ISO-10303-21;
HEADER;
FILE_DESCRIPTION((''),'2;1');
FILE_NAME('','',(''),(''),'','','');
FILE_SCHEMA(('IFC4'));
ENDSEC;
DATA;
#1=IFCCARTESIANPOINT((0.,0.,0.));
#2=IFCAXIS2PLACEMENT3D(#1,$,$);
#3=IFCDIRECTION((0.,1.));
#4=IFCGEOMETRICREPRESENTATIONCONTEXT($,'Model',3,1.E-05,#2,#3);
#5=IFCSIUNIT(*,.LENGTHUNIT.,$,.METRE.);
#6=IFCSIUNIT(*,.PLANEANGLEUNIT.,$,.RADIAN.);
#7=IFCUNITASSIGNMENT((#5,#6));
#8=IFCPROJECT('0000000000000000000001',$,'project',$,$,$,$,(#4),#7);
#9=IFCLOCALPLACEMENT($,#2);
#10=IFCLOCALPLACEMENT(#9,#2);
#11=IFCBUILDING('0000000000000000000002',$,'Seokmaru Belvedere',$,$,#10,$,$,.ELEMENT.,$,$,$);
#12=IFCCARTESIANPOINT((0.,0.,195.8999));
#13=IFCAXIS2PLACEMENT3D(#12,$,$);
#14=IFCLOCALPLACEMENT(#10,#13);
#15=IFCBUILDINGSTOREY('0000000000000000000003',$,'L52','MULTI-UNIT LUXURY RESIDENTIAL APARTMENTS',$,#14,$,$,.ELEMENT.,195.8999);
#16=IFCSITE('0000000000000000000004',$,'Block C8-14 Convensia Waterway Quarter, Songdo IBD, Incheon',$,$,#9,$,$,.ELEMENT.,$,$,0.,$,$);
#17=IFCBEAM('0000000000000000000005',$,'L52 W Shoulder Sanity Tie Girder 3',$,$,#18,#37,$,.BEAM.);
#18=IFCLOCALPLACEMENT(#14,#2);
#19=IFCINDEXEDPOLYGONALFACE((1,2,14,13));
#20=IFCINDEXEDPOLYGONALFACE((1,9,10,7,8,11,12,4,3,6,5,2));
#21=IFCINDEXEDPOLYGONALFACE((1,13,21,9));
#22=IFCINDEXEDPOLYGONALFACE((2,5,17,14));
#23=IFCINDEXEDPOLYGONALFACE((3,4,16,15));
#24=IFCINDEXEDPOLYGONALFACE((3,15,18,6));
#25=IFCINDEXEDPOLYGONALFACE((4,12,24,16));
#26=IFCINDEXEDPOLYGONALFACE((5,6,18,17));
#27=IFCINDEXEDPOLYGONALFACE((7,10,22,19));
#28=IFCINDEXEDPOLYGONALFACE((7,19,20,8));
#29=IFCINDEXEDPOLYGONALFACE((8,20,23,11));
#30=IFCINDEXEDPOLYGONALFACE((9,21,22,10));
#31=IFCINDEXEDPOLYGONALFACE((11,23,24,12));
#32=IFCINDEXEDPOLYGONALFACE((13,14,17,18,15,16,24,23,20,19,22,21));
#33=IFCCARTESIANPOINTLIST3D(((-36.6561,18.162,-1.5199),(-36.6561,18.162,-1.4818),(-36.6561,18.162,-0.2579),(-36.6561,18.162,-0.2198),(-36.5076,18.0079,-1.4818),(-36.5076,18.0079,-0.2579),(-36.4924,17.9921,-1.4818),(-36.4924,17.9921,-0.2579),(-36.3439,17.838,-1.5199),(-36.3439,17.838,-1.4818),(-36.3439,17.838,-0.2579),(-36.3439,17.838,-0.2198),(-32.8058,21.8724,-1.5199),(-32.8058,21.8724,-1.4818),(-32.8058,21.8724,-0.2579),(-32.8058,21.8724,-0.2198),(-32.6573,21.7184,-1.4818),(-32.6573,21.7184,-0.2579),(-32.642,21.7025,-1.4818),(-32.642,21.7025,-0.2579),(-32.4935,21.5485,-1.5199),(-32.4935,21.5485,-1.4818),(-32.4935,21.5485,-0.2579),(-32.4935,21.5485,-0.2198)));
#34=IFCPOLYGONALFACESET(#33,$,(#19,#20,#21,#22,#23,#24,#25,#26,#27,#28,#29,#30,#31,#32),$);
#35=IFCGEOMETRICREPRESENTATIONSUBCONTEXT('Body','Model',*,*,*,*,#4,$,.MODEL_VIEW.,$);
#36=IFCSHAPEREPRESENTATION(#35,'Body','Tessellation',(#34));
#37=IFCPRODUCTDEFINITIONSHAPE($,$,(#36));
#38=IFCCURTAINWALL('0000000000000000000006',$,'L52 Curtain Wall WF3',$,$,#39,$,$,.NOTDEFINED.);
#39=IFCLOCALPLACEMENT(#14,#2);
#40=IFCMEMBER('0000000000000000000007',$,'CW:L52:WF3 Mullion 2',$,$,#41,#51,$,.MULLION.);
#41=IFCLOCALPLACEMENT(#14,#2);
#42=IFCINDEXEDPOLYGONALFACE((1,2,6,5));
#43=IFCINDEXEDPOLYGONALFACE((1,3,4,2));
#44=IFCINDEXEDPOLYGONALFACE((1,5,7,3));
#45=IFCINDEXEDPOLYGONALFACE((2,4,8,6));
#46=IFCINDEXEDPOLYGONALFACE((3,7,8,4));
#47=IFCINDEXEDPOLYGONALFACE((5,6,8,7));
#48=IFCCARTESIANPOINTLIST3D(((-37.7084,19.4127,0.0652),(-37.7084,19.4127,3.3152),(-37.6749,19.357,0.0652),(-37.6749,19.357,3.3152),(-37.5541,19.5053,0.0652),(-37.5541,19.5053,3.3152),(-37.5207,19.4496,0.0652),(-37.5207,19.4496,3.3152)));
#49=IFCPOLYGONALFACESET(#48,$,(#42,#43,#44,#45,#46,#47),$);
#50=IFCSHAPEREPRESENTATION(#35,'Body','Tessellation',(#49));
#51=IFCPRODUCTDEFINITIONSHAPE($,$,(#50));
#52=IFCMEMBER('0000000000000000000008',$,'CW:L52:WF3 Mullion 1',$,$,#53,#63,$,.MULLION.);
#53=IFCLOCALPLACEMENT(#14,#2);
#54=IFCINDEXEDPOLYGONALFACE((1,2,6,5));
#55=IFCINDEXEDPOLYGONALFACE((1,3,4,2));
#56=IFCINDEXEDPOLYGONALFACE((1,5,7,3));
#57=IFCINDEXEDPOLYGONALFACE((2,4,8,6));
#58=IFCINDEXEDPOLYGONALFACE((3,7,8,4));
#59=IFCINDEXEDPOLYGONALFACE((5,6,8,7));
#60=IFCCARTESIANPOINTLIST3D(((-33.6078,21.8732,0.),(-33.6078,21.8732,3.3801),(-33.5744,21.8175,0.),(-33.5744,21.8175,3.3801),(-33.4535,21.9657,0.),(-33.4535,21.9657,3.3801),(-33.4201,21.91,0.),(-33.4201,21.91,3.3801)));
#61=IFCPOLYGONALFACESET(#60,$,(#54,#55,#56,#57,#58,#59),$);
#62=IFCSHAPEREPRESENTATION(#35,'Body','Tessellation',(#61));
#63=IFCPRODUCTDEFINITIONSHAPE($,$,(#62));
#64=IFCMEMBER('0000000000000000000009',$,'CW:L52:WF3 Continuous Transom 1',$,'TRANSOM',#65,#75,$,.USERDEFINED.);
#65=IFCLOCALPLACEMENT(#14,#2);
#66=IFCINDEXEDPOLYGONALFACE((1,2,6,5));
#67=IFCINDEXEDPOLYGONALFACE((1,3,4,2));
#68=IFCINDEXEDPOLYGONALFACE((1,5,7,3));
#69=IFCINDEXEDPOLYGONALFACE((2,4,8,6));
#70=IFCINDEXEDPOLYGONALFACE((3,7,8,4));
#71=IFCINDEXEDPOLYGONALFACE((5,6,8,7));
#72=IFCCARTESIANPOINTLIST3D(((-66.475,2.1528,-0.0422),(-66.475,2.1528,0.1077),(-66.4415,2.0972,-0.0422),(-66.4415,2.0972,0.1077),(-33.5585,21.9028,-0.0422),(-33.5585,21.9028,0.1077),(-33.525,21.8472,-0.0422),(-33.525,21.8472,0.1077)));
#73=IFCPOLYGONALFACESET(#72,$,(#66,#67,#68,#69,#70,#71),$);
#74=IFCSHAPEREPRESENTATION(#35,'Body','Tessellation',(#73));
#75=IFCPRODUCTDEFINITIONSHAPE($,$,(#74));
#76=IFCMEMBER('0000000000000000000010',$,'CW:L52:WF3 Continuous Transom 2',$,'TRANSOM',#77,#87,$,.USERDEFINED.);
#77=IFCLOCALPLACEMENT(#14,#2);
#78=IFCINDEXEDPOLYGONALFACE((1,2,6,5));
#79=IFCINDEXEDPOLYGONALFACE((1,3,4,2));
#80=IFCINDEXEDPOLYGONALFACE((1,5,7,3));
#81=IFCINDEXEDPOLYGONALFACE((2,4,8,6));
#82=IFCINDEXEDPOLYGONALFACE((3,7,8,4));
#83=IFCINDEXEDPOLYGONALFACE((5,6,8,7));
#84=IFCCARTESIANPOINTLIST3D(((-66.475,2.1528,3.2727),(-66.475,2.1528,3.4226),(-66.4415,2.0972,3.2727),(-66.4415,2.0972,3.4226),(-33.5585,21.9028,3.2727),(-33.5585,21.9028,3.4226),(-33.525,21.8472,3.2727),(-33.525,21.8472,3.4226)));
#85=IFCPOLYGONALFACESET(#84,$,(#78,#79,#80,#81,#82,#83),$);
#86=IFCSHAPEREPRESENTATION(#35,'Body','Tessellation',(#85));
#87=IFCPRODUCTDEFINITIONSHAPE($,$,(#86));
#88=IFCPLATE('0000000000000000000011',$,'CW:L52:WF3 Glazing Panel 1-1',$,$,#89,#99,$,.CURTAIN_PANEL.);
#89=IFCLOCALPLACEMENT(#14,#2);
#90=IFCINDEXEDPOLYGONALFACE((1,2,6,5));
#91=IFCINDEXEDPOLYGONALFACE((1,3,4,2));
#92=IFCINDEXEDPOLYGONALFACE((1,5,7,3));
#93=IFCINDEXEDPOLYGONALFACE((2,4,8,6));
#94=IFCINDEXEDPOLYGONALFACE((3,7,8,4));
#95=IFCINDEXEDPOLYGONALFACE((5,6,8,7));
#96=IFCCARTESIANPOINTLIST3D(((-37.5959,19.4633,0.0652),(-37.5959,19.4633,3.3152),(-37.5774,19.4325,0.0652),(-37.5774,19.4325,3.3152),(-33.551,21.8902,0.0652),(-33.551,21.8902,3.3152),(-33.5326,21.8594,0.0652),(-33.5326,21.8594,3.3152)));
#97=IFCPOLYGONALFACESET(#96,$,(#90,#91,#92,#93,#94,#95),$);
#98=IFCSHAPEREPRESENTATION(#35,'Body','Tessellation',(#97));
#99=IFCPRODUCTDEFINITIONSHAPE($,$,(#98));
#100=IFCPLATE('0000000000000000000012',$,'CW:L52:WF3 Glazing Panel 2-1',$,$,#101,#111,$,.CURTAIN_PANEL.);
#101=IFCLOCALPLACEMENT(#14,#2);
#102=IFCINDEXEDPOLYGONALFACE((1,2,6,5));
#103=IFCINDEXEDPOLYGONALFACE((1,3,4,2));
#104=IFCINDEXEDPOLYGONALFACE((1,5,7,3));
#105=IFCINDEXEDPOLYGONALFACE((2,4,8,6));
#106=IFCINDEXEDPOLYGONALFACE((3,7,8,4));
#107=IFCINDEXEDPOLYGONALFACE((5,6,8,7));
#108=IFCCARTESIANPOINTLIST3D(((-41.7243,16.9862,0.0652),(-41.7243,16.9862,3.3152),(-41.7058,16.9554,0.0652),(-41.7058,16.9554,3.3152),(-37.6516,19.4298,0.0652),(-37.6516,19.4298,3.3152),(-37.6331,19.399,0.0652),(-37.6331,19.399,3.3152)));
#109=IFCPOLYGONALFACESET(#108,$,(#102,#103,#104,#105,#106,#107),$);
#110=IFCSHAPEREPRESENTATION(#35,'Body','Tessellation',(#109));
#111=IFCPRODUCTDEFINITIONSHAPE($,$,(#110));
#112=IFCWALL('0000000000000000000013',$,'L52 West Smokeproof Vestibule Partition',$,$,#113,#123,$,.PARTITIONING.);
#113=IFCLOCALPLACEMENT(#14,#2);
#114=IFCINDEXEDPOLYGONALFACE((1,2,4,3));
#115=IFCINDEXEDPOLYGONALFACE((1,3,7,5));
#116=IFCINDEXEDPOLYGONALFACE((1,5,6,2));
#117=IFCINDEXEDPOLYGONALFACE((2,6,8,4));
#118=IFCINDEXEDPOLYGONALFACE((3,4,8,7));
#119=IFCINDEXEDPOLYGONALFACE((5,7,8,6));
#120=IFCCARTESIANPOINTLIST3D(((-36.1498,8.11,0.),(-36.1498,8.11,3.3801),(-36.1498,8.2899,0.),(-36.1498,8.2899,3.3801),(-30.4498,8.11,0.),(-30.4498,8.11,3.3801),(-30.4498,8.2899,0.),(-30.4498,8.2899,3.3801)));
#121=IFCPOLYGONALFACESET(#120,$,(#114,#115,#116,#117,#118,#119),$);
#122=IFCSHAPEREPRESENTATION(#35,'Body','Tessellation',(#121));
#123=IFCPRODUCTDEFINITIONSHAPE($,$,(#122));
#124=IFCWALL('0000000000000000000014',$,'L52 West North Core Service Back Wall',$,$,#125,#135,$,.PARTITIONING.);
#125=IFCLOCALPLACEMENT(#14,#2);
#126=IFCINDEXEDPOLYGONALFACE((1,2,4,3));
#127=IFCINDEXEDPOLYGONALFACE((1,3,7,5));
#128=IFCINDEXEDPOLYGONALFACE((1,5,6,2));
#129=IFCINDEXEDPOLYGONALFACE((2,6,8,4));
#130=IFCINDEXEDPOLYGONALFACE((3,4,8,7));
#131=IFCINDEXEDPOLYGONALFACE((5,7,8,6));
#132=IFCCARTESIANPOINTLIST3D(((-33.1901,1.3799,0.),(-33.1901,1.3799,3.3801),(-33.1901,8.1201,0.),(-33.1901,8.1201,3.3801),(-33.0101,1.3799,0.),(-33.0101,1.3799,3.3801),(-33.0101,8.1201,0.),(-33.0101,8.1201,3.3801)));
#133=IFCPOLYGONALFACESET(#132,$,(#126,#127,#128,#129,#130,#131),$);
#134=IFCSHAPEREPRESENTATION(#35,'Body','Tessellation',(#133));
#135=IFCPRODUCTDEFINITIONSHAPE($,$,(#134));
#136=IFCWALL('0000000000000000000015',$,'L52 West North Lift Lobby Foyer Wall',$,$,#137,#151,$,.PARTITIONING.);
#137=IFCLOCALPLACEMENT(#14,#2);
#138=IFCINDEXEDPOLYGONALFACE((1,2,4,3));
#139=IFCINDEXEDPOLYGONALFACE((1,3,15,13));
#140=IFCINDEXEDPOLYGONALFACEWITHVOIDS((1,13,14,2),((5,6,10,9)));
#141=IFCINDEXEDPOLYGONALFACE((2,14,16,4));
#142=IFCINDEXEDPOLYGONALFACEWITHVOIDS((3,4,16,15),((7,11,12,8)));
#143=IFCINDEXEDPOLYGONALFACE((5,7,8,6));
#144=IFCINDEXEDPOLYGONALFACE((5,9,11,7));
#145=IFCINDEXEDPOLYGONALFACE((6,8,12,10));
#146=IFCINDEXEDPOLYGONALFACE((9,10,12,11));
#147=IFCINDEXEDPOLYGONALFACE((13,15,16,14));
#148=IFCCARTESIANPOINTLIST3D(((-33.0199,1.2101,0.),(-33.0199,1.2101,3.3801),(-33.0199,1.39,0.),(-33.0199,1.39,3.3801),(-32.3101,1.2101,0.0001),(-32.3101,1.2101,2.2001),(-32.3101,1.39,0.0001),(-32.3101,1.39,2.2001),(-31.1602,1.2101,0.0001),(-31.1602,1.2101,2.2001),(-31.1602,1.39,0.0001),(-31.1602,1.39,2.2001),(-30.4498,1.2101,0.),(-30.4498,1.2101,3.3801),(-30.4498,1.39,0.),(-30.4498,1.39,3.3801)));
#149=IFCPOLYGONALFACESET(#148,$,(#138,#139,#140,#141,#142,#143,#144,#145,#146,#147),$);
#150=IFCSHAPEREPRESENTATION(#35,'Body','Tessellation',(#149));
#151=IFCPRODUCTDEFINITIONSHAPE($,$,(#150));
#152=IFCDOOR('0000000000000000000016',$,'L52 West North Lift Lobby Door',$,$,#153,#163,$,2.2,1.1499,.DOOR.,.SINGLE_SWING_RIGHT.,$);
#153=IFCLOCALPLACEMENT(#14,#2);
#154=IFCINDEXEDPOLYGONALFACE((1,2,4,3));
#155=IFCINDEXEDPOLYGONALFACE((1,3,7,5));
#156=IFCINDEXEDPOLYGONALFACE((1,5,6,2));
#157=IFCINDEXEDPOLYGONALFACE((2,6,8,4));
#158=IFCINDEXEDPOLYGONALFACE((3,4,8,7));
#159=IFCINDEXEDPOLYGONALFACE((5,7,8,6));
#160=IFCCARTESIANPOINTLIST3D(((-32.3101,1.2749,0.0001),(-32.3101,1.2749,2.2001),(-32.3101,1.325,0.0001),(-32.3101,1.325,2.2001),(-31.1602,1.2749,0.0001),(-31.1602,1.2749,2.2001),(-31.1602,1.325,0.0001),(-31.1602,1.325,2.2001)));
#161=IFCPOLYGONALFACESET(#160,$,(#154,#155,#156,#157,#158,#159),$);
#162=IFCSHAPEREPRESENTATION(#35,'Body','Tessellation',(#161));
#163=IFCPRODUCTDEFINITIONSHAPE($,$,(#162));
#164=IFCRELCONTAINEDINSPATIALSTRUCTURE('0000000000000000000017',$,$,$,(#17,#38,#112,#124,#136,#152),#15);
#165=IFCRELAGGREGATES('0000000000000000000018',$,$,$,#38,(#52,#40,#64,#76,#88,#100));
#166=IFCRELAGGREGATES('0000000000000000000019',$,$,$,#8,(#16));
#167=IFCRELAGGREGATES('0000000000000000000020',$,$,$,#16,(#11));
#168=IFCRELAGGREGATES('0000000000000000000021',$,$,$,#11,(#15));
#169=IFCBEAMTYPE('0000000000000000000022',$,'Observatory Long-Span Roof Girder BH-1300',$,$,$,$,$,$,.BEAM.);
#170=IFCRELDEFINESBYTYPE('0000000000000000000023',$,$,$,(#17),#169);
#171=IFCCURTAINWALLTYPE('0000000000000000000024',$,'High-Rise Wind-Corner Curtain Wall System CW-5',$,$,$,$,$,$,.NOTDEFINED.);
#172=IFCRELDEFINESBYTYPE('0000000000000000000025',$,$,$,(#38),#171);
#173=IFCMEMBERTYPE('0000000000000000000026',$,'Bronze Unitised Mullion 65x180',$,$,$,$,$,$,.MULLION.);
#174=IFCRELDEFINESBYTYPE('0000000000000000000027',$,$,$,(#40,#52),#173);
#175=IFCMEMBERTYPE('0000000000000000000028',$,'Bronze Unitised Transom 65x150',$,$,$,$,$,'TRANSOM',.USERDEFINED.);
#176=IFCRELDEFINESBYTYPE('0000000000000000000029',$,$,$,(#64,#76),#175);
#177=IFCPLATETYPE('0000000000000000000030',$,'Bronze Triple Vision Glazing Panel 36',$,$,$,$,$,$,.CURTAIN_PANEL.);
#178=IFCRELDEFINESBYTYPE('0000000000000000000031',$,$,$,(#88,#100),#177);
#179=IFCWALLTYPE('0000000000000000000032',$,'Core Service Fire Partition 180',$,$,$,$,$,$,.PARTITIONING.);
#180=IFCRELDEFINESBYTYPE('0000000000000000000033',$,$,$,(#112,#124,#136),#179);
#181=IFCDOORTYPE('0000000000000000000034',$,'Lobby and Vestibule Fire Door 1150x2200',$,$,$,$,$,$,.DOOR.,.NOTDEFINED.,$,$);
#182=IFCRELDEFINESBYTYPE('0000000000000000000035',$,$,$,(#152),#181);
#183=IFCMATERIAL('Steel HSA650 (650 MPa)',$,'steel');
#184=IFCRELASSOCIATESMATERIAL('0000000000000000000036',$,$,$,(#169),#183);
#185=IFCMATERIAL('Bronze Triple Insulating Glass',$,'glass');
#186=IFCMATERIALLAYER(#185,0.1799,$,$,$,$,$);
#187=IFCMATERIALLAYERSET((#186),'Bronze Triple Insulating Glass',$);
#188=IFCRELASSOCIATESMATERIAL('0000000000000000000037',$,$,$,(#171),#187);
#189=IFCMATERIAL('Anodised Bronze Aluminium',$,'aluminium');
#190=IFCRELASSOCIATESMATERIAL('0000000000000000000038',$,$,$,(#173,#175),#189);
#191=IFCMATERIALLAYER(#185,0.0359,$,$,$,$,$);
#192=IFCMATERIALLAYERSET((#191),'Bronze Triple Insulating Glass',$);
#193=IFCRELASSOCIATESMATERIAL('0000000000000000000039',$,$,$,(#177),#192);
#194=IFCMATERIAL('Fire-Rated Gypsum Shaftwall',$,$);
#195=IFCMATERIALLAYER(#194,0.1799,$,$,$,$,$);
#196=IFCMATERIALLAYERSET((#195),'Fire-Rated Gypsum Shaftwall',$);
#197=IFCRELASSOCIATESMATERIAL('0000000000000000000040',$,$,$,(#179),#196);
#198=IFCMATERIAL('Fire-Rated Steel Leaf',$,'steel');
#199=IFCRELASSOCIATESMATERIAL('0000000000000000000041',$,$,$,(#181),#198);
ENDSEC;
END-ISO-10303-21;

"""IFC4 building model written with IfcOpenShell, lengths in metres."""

from ifc_helpers import new_model, si_unit, direction, frame, frame_2d, origin, origin_2d, place, context, subcontext, project, spatial, rectangle, i_section, extrude, source, transform, mapped, material, layer, layer_set, material_profile, profile_set, type_object, type_shapes, element, fill, aggregate, save


model = new_model("IFC4")

# Units and contexts
model_context = context("Model", 3, precision=1e-05, world=origin(), true_north=direction((0.0, 1.0)))
body_context = subcontext(model_context, "Body", "Model", "MODEL_VIEW")
ifc_project = project(units=[si_unit("LENGTHUNIT", "METRE"), si_unit("PLANEANGLEUNIT", "RADIAN")], contexts=[model_context])

# Site, building, storey
site_placement = place(None, origin())
site = spatial("IfcSite", under=ifc_project, at=site_placement, Name="Block C8-14 Convensia Waterway Quarter, Songdo IBD, Incheon", CompositionType="ELEMENT", RefElevation=0.0)
building_placement = place(site_placement, origin())
building = spatial("IfcBuilding", under=site, at=building_placement, Name="Seokmaru Belvedere", CompositionType="ELEMENT")
storey_placement = place(building_placement, frame((0.0, 0.0, 195.8999)))
storey = spatial("IfcBuildingStorey", under=building, at=storey_placement, Name="L52", Description="MULTI-UNIT LUXURY RESIDENTIAL APARTMENTS", CompositionType="ELEMENT", Elevation=195.8999)

# Beam
ifc_material_1 = material(Name="Steel HSA650 (650 MPa)", Category="steel")
ifc_material_profile_1 = material_profile(ifc_material_1, i_section(OverallWidth=0.45, OverallDepth=1.3, WebThickness=0.022, FlangeThickness=0.0381, at=origin_2d()), Name="BH-1300x450x22x38")
ifc_profile_set_1 = profile_set([ifc_material_profile_1], Name="Steel HSA650 (650 MPa)")
beam_type_1 = type_object("IfcBeamType", Name="Observatory Long-Span Roof Girder BH-1300", PredefinedType="BEAM", material=ifc_profile_set_1)
shared_shape_1 = source(origin(), body_context, "Body", "SweptSolid", [
    extrude(i_section(OverallWidth=0.45, OverallDepth=1.3, WebThickness=0.022, FlangeThickness=0.0381, at=origin_2d()), origin(), (0.0, 0.0, 1.0), 5.3472),
])
beam_1_placement = place(storey_placement, frame((-32.6497, 21.7104, -0.8699), z_axis=(-0.720067, -0.693905, 0.0), x_axis=(0.693905, -0.720067, 0.0)))
element("IfcBeam", 1, at=beam_1_placement, inside=storey, type_object=beam_type_1, Name="L52 W Shoulder Sanity Tie Girder 3", PredefinedType="BEAM", context=body_context, shape_type="MappedRepresentation", body=[
    mapped(shared_shape_1, transform((0.0, 0.0, 0.0), scale=1.0)),
])

# Curtain wall, members, plates
ifc_material_2 = material(Name="Bronze Triple Insulating Glass", Category="glass")
ifc_layer_1 = layer(ifc_material_2, 0.1799)
ifc_layer_set_1 = layer_set([ifc_layer_1], Name="Bronze Triple Insulating Glass")
curtain_wall_type = type_object("IfcCurtainWallType", Name="High-Rise Wind-Corner Curtain Wall System CW-5", PredefinedType="NOTDEFINED", material=ifc_layer_set_1)
curtain_wall_placement = place(storey_placement, origin())
curtain_wall = element("IfcCurtainWall", 2, at=curtain_wall_placement, inside=storey, type_object=curtain_wall_type, Name="L52 Curtain Wall WF3", PredefinedType="NOTDEFINED")
ifc_material_3 = material(Name="Anodised Bronze Aluminium", Category="aluminium")
ifc_material_profile_2 = material_profile(ifc_material_3, rectangle(XDim=0.0649, YDim=0.1799, at=origin_2d()), Name="CW-M-65x180")
ifc_profile_set_2 = profile_set([ifc_material_profile_2], Name="Anodised Bronze Aluminium")
member_type_1 = type_object("IfcMemberType", Name="Bronze Unitised Mullion 65x180", PredefinedType="MULLION", material=ifc_profile_set_2)
shared_shape_2 = source(origin(), body_context, "Body", "SweptSolid", [
    extrude(rectangle(XDim=0.0649, YDim=0.1799, at=origin_2d()), origin(), (0.0, 0.0, 1.0), 3.25),
])
member_1_placement = place(storey_placement, frame((-37.6145, 19.4312, 0.0652), z_axis=(0.0, 0.0, 1.0), x_axis=(0.514495, -0.857493, 0.0)))
member_1 = element("IfcMember", 3, at=member_1_placement, type_object=member_type_1, Name="CW:L52:WF3 Mullion 2", PredefinedType="MULLION", context=body_context, shape_type="MappedRepresentation", body=[
    mapped(shared_shape_2, transform((0.0, 0.0, 0.0), scale=1.0)),
])
shared_shape_3 = source(origin(), body_context, "Body", "SweptSolid", [
    extrude(rectangle(XDim=0.0649, YDim=0.1799, at=origin_2d()), origin(), (0.0, 0.0, 1.0), 3.3801),
])
type_shapes(member_type_1, [shared_shape_2, shared_shape_3])
member_2_placement = place(storey_placement, frame((-33.5139, 21.8916, 0.0), z_axis=(0.0, 0.0, 1.0), x_axis=(0.514495, -0.857493, 0.0)))
member_2 = element("IfcMember", 4, at=member_2_placement, type_object=member_type_1, Name="CW:L52:WF3 Mullion 1", PredefinedType="MULLION", context=body_context, shape_type="MappedRepresentation", body=[
    mapped(shared_shape_3, transform((0.0, 0.0, 0.0), scale=1.0)),
])
ifc_material_profile_3 = material_profile(ifc_material_3, rectangle(XDim=0.0649, YDim=0.1499, at=origin_2d()), Name="CW-T-65x150")
ifc_profile_set_3 = profile_set([ifc_material_profile_3], Name="Anodised Bronze Aluminium")
member_type_2 = type_object("IfcMemberType", Name="Bronze Unitised Transom 65x150", ElementType="TRANSOM", PredefinedType="USERDEFINED", material=ifc_profile_set_3)
shared_shape_4 = source(origin(), body_context, "Body", "SweptSolid", [
    extrude(rectangle(XDim=0.0649, YDim=0.1499, at=origin_2d()), origin(), (0.0, 0.0, 1.0), 38.387),
])
type_shapes(member_type_2, [shared_shape_4])
member_3_placement = place(storey_placement, frame((-33.5417, 21.875, 0.0327), z_axis=(-0.857492, -0.514498, 0.0), x_axis=(0.514498, -0.857492, 0.0)))
member_3 = element("IfcMember", 5, at=member_3_placement, type_object=member_type_2, Name="CW:L52:WF3 Continuous Transom 1", ObjectType="TRANSOM", PredefinedType="USERDEFINED", context=body_context, shape_type="MappedRepresentation", body=[
    mapped(shared_shape_4, transform((0.0, 0.0, 0.0), scale=1.0)),
])
member_4_placement = place(storey_placement, frame((-33.5417, 21.875, 3.3477), z_axis=(-0.857492, -0.514498, 0.0), x_axis=(0.514498, -0.857492, 0.0)))
member_4 = element("IfcMember", 6, at=member_4_placement, type_object=member_type_2, Name="CW:L52:WF3 Continuous Transom 2", ObjectType="TRANSOM", PredefinedType="USERDEFINED", context=body_context, shape_type="MappedRepresentation", body=[
    mapped(shared_shape_4, transform((0.0, 0.0, 0.0), scale=1.0)),
])
ifc_layer_2 = layer(ifc_material_2, 0.0359)
ifc_layer_set_2 = layer_set([ifc_layer_2], Name="Bronze Triple Insulating Glass")
plate_type = type_object("IfcPlateType", Name="Bronze Triple Vision Glazing Panel 36", PredefinedType="CURTAIN_PANEL", material=ifc_layer_set_2)
shared_shape_5 = source(origin(), body_context, "Body", "SweptSolid", [
    extrude(rectangle(XDim=4.717, YDim=0.0359, at=origin_2d()), origin(), (0.0, 0.0, 1.0), 3.25),
])
plate_1_placement = place(storey_placement, frame((-35.5642, 20.6614, 0.0652), z_axis=(0.0, 0.0, 1.0), x_axis=(-0.857493, -0.514495, 0.0)))
plate_1 = element("IfcPlate", 7, at=plate_1_placement, type_object=plate_type, Name="CW:L52:WF3 Glazing Panel 1-1", PredefinedType="CURTAIN_PANEL", context=body_context, shape_type="MappedRepresentation", body=[
    mapped(shared_shape_5, transform((0.0, 0.0, 0.0), scale=1.0)),
])
shared_shape_6 = source(origin(), body_context, "Body", "SweptSolid", [
    extrude(rectangle(XDim=4.7495, YDim=0.0359, at=origin_2d()), origin(), (0.0, 0.0, 1.0), 3.25),
])
type_shapes(plate_type, [shared_shape_5, shared_shape_6])
plate_2_placement = place(storey_placement, frame((-39.6787, 18.1926, 0.0652), z_axis=(0.0, 0.0, 1.0), x_axis=(-0.857493, -0.514495, 0.0)))
plate_2 = element("IfcPlate", 8, at=plate_2_placement, type_object=plate_type, Name="CW:L52:WF3 Glazing Panel 2-1", PredefinedType="CURTAIN_PANEL", context=body_context, shape_type="MappedRepresentation", body=[
    mapped(shared_shape_6, transform((0.0, 0.0, 0.0), scale=1.0)),
])
aggregate(curtain_wall, [member_2, member_1, member_3, member_4, plate_1, plate_2])

# Walls
ifc_material_4 = material(Name="Fire-Rated Gypsum Shaftwall")
ifc_layer_3 = layer(ifc_material_4, 0.1799)
ifc_layer_set_3 = layer_set([ifc_layer_3], Name="Fire-Rated Gypsum Shaftwall")
wall_type_1 = type_object("IfcWallType", Name="Core Service Fire Partition 180", PredefinedType="PARTITIONING", material=ifc_layer_set_3)
wall_1_placement = place(storey_placement, frame((-36.1499, 8.2, 0.0), z_axis=(0.0, 0.0, 1.0), x_axis=(1.0, 0.0, 0.0)))
element("IfcWall", 9, at=wall_1_placement, inside=storey, type_object=wall_type_1, Name="L52 West Smokeproof Vestibule Partition", PredefinedType="PARTITIONING", context=body_context, shape_type="SweptSolid", body=[
    extrude(rectangle(XDim=5.7, YDim=0.1799, at=frame_2d((2.8501, 0.0))), origin(), (0.0, 0.0, 1.0), 3.3801),
])
wall_2_placement = place(storey_placement, frame((-33.1001, 1.3799, 0.0), z_axis=(0.0, 0.0, 1.0), x_axis=(0.0, 1.0, 0.0)))
element("IfcWall", 10, at=wall_2_placement, inside=storey, type_object=wall_type_1, Name="L52 West North Core Service Back Wall", PredefinedType="PARTITIONING", context=body_context, shape_type="SweptSolid", body=[
    extrude(rectangle(XDim=6.7402, YDim=0.1799, at=frame_2d((3.3701, 0.0))), origin(), (0.0, 0.0, 1.0), 3.3801),
])

# Wall, opening, door
wall_3_placement = place(storey_placement, frame((-33.02, 1.3, 0.0), z_axis=(0.0, 0.0, 1.0), x_axis=(1.0, 0.0, 0.0)))
wall_3 = element("IfcWall", 11, at=wall_3_placement, inside=storey, type_object=wall_type_1, Name="L52 West North Lift Lobby Foyer Wall", PredefinedType="PARTITIONING", context=body_context, shape_type="SweptSolid", body=[
    extrude(rectangle(XDim=2.5701, YDim=0.1799, at=frame_2d((1.2852, 0.0))), origin(), (0.0, 0.0, 1.0), 3.3801),
])
opening_1_placement = place(wall_3_placement, frame((0.71, 0.0, 0.0)))
opening_1 = element("IfcOpeningElement", 12, at=opening_1_placement, cuts=wall_3, PredefinedType="OPENING", context=body_context, shape_type="SweptSolid", body=[
    extrude(rectangle(XDim=1.1499, YDim=2.2, at=frame_2d((0.575, 1.1001))), frame((0.0, 0.1001, 0.0), z_axis=(0.0, -1.0, 0.0), x_axis=(1.0, 0.0, 0.0)), (0.0, 0.0, 1.0), 0.2),
])
ifc_material_5 = material(Name="Fire-Rated Steel Leaf", Category="steel")
door_type_1 = type_object("IfcDoorType", Name="Lobby and Vestibule Fire Door 1150x2200", OperationType="NOTDEFINED", PredefinedType="DOOR", material=ifc_material_5)
shared_shape_7 = source(origin(), body_context, "Body", "SweptSolid", [
    extrude(rectangle(XDim=1.1499, YDim=2.2, at=frame_2d((0.575, 1.1001))), frame((0.0, 0.0249, 0.0), z_axis=(0.0, -1.0, 0.0), x_axis=(1.0, 0.0, 0.0)), (0.0, 0.0, 1.0), 0.05),
])
type_shapes(door_type_1, [shared_shape_7])
door_1_placement = place(opening_1_placement, origin())
door_1 = element("IfcDoor", 13, at=door_1_placement, inside=storey, type_object=door_type_1, Name="L52 West North Lift Lobby Door", OperationType="SINGLE_SWING_RIGHT", OverallHeight=2.2, OverallWidth=1.1499, PredefinedType="DOOR", context=body_context, shape_type="MappedRepresentation", body=[
    mapped(shared_shape_7, transform((0.0, 0.0, 0.0), scale=1.0)),
])
fill(opening_1, door_1)

save(model, "model.ifc")
